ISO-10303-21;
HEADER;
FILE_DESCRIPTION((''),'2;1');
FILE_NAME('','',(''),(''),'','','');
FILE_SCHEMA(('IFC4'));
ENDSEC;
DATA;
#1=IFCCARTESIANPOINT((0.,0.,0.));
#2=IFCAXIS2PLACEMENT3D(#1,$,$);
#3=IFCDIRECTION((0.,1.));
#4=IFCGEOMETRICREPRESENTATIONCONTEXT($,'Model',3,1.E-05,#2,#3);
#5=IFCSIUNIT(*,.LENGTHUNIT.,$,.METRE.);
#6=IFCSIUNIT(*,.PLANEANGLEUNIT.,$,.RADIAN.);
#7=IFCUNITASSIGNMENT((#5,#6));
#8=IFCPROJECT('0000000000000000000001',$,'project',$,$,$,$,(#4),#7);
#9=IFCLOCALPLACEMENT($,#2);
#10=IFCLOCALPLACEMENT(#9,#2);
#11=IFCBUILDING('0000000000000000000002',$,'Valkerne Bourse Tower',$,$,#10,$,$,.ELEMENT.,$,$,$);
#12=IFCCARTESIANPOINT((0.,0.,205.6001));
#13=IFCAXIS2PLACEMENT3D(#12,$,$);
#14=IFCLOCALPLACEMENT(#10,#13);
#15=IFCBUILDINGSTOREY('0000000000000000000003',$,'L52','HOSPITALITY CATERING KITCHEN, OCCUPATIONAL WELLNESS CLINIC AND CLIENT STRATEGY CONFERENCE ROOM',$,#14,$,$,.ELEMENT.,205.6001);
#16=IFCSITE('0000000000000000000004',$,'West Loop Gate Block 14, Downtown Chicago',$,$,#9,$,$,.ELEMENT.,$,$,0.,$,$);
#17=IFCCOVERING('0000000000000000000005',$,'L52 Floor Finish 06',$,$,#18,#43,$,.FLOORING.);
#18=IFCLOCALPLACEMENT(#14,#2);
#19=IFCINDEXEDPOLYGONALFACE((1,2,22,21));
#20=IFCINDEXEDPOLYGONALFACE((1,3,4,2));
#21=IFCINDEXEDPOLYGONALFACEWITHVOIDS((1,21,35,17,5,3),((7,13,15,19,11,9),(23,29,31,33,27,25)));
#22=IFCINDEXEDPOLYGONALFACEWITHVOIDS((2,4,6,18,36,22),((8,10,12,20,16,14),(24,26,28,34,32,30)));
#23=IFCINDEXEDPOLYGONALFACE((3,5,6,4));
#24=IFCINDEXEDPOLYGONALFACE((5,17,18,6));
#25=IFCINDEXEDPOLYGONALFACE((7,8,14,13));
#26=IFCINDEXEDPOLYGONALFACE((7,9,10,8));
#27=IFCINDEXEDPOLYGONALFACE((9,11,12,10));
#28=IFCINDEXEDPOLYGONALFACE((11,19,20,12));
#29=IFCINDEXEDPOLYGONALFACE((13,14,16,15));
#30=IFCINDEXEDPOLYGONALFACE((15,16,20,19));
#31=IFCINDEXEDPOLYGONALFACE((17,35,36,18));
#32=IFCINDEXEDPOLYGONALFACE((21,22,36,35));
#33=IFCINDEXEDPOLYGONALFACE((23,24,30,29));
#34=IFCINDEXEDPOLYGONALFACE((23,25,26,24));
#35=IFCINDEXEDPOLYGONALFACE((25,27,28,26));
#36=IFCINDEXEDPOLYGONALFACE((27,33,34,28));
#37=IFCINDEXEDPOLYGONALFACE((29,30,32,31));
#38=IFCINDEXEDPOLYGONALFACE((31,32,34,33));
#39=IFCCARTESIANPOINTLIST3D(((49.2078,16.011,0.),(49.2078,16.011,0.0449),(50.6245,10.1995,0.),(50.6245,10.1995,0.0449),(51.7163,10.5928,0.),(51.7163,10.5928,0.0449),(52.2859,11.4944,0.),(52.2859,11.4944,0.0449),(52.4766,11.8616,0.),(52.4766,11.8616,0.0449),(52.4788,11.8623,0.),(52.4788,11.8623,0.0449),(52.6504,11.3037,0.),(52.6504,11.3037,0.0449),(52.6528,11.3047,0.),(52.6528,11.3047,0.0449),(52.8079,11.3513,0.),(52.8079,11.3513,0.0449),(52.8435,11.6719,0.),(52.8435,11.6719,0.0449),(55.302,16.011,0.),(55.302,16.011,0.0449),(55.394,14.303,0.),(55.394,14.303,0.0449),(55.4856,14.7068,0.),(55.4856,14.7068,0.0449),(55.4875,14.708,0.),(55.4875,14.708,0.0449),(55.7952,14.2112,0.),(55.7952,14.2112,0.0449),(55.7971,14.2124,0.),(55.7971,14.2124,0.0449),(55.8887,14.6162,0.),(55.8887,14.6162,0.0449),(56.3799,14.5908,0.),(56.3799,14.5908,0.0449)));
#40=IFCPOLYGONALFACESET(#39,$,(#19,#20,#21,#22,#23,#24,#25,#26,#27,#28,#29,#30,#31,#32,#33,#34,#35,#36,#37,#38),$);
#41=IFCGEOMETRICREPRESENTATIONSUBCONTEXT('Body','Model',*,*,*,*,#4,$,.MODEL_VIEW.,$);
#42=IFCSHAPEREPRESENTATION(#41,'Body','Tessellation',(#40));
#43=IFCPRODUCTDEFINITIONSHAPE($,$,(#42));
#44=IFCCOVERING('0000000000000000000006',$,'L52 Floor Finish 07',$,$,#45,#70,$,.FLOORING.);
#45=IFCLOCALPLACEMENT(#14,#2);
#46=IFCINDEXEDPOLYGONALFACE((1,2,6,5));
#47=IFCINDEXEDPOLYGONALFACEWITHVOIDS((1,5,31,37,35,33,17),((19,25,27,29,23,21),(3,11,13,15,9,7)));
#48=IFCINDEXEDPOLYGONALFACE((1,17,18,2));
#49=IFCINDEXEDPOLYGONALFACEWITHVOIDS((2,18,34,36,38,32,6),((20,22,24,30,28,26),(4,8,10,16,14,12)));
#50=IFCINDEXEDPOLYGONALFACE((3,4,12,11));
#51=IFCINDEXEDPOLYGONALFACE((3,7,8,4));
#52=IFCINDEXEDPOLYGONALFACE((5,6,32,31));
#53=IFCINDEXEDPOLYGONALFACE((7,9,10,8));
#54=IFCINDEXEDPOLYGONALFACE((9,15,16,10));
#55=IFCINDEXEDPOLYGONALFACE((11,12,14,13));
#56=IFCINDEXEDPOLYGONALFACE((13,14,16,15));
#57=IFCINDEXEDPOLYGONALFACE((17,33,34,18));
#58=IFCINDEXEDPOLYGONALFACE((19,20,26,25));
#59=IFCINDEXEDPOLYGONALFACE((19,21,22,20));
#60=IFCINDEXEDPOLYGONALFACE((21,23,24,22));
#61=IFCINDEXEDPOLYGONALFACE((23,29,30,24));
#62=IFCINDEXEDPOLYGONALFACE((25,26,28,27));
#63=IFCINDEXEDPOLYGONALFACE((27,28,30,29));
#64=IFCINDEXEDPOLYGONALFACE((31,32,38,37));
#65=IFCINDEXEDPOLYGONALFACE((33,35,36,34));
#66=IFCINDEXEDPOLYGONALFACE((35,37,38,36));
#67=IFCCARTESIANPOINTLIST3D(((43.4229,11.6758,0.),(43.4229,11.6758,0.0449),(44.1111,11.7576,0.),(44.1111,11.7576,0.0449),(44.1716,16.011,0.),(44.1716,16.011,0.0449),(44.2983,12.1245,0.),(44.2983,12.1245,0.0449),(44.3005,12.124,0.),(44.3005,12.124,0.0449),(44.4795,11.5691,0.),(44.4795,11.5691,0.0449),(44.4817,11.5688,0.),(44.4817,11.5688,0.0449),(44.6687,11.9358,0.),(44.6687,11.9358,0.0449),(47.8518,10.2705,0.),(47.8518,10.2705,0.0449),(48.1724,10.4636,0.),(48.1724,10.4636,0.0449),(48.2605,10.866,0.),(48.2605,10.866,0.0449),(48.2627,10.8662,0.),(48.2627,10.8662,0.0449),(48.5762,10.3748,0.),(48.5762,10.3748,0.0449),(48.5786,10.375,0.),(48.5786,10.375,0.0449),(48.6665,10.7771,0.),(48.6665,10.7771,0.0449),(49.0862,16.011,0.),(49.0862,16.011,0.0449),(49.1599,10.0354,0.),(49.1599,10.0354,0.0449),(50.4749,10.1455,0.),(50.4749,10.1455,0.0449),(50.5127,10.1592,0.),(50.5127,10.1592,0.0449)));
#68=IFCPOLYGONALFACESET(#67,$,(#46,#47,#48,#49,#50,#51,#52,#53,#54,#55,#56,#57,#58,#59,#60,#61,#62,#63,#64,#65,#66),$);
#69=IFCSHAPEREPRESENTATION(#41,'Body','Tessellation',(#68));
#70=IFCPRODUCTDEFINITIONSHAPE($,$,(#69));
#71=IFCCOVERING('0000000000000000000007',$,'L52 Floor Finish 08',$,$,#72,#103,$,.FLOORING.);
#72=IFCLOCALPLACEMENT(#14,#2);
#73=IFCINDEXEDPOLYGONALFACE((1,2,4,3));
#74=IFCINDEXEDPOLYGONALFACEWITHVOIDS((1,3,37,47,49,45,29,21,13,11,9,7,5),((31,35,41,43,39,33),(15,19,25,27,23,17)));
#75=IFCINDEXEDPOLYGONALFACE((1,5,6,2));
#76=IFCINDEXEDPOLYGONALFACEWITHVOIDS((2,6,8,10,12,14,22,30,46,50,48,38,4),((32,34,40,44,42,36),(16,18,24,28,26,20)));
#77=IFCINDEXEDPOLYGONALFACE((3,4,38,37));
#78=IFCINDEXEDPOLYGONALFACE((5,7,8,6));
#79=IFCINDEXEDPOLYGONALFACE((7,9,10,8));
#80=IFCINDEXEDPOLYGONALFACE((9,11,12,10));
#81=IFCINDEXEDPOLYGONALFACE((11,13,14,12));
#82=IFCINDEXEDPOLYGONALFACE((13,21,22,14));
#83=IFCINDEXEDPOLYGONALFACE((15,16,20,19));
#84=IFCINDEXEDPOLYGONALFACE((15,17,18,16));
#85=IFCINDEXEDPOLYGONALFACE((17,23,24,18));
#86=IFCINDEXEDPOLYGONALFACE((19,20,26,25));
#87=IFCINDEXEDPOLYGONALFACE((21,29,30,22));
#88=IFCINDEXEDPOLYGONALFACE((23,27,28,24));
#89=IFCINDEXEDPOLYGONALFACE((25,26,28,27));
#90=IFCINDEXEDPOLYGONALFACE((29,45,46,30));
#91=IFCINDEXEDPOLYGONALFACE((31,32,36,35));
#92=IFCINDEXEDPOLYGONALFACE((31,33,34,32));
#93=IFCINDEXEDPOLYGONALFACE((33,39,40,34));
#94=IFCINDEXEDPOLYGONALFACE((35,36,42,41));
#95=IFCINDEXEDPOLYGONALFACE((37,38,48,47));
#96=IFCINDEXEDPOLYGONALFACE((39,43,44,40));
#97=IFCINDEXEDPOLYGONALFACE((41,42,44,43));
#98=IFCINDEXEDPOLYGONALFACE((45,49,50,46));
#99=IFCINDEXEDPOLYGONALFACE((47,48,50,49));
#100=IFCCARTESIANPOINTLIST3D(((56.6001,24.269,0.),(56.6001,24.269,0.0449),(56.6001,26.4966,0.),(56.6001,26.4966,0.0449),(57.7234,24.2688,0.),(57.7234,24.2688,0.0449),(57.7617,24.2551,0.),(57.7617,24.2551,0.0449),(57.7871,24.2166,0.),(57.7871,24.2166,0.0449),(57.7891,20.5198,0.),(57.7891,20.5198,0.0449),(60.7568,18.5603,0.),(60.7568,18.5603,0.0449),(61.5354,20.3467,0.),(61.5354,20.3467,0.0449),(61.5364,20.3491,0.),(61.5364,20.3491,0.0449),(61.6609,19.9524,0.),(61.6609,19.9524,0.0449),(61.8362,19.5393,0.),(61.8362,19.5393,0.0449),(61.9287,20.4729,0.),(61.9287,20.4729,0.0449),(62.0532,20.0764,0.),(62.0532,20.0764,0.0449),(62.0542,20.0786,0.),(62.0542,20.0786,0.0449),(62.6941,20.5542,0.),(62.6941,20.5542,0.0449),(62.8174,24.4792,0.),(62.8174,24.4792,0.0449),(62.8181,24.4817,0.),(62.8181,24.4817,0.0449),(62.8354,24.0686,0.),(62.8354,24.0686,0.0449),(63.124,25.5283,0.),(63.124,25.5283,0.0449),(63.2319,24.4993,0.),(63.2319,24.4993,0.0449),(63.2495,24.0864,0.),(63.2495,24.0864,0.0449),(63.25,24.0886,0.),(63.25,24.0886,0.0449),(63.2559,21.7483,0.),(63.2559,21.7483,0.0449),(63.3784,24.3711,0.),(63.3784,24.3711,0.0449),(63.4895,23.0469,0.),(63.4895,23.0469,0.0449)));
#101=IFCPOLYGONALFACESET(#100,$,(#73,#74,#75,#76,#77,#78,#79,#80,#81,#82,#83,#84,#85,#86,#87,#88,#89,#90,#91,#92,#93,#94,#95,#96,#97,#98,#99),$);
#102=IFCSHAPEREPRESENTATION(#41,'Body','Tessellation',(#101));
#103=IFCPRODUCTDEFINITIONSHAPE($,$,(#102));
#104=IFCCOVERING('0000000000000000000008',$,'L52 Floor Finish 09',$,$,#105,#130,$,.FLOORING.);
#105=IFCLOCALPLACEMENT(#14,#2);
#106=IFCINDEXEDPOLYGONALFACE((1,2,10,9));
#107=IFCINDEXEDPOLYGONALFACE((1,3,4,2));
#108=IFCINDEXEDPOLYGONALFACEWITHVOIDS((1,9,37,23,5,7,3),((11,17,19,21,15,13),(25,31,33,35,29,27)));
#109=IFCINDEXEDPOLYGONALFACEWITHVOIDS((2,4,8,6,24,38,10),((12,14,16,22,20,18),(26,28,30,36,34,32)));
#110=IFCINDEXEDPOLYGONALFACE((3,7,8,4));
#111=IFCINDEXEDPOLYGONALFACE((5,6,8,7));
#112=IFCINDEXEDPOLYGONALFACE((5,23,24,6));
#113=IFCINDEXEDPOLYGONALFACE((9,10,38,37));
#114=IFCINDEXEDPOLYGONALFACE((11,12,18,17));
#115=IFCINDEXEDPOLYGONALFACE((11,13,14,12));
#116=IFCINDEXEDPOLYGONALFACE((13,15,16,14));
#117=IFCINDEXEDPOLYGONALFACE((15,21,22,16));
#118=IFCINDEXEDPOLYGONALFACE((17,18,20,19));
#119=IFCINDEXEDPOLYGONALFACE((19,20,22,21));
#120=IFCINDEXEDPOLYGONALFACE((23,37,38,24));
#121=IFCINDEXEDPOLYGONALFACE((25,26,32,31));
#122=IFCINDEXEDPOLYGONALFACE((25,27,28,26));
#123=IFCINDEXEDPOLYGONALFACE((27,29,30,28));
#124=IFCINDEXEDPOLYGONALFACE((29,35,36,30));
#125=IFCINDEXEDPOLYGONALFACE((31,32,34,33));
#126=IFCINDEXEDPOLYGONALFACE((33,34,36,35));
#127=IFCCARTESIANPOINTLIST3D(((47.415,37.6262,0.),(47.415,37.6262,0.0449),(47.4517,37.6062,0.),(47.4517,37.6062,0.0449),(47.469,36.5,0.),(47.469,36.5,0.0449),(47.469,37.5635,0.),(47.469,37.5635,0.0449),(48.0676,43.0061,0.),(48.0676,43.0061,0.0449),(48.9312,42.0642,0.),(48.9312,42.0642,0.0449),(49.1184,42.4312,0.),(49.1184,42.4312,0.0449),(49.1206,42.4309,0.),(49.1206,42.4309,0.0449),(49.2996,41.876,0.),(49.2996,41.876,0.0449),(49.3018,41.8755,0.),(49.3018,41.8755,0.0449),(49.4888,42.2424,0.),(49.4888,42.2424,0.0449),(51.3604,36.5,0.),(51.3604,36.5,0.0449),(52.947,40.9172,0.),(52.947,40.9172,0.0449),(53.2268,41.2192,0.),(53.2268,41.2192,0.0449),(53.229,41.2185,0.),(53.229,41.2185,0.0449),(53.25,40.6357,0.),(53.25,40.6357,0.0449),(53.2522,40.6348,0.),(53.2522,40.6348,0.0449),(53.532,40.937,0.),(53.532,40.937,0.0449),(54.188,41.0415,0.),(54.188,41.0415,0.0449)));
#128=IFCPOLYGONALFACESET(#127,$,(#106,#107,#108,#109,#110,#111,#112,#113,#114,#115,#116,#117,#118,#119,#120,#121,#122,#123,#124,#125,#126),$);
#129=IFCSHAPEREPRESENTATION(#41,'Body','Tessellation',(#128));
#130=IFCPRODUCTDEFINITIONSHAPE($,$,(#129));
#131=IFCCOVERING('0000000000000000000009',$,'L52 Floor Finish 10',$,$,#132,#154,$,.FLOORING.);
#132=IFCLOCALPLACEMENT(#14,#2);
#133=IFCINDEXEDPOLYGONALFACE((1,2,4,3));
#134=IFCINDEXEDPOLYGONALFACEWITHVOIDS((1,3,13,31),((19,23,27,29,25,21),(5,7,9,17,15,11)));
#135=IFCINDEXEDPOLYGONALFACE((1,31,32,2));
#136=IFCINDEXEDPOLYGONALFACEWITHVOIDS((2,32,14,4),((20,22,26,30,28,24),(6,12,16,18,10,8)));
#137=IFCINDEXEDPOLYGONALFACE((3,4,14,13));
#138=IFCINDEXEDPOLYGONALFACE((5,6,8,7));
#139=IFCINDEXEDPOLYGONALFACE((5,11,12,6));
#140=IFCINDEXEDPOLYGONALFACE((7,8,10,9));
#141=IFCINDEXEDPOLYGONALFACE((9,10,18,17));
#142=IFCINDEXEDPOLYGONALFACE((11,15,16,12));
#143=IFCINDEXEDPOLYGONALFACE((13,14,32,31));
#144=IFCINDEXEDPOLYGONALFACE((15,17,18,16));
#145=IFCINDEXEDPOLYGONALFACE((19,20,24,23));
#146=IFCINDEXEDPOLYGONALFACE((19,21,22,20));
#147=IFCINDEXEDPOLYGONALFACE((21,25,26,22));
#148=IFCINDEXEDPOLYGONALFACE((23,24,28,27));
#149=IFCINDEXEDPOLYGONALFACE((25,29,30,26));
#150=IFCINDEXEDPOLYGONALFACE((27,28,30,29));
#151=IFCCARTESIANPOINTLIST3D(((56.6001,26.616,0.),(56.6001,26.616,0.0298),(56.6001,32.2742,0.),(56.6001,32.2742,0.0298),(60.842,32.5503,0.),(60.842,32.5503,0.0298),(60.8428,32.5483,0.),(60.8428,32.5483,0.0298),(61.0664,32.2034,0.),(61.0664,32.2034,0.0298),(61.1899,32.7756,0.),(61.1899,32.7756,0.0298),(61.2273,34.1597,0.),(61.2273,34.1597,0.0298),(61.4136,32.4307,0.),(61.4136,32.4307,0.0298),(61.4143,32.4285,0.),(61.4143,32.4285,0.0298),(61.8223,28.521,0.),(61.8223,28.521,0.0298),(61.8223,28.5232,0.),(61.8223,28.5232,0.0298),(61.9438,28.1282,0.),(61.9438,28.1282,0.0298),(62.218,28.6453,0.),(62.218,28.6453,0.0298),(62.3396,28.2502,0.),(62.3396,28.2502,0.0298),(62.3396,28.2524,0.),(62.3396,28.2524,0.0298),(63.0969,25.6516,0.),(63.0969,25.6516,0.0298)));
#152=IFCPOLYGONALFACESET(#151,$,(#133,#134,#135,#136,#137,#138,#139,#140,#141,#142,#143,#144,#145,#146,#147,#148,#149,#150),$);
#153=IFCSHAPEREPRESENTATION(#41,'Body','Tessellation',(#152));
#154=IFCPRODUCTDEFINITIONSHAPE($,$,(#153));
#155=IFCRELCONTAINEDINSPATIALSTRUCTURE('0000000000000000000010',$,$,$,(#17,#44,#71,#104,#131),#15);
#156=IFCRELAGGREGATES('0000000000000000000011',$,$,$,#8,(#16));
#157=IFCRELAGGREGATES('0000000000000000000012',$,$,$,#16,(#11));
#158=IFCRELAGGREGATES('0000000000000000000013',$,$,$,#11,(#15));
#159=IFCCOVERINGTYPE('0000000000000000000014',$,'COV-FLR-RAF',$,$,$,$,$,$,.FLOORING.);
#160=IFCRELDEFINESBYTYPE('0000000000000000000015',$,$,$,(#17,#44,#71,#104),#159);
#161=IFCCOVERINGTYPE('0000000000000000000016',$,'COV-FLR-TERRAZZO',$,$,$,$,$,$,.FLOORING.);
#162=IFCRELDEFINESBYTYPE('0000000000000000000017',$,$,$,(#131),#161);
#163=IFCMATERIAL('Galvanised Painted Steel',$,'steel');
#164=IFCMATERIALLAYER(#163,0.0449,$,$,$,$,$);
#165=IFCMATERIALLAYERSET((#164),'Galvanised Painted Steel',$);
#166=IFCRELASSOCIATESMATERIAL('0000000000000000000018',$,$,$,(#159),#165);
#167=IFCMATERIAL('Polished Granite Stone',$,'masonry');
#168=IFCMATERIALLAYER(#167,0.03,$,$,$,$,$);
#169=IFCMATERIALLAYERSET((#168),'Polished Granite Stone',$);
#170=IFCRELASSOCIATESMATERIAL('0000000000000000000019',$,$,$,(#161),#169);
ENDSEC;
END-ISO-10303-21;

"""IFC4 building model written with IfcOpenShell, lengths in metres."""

from ifc_helpers import new_model, si_unit, direction, frame, origin, place, context, subcontext, project, spatial, polyline, outline, extrude, material, layer, layer_set, type_object, element, save


model = new_model("IFC4")

# Units and contexts
model_context = context("Model", 3, precision=1e-05, world=origin(), true_north=direction((0.0, 1.0)))
body_context = subcontext(model_context, "Body", "Model", "MODEL_VIEW")
ifc_project = project(units=[si_unit("LENGTHUNIT", "METRE"), si_unit("PLANEANGLEUNIT", "RADIAN")], contexts=[model_context])

# Site, building, storey
site_placement = place(None, origin())
site = spatial("IfcSite", under=ifc_project, at=site_placement, Name="West Loop Gate Block 14, Downtown Chicago", CompositionType="ELEMENT", RefElevation=0.0)
building_placement = place(site_placement, origin())
building = spatial("IfcBuilding", under=site, at=building_placement, Name="Valkerne Bourse Tower", CompositionType="ELEMENT")
storey_placement = place(building_placement, frame((0.0, 0.0, 205.6001)))
storey = spatial("IfcBuildingStorey", under=building, at=storey_placement, Name="L52", Description="HOSPITALITY CATERING KITCHEN, OCCUPATIONAL WELLNESS CLINIC AND CLIENT STRATEGY CONFERENCE ROOM", CompositionType="ELEMENT", Elevation=205.6001)

# Coverings
ifc_material_1 = material(Name="Galvanised Painted Steel", Category="steel")
ifc_layer_1 = layer(ifc_material_1, 0.0449)
ifc_layer_set_1 = layer_set([ifc_layer_1], Name="Galvanised Painted Steel")
covering_type_1 = type_object("IfcCoveringType", Name="COV-FLR-RAF", PredefinedType="FLOORING", material=ifc_layer_set_1)
covering_1_placement = place(storey_placement, origin())
element("IfcCovering", 1, at=covering_1_placement, inside=storey, type_object=covering_type_1, Name="L52 Floor Finish 06", PredefinedType="FLOORING", context=body_context, shape_type="SweptSolid", body=[
    extrude(outline(polyline([(50.6245, 10.1995), (49.2078, 16.011), (55.302, 16.011), (56.3799, 14.5908), (52.8079, 11.3513), (51.7163, 10.5928), (50.6245, 10.1995)]), holes=[polyline([(52.8435, 11.6719), (52.4788, 11.8623), (52.4766, 11.8616), (52.2859, 11.4944), (52.6504, 11.3037), (52.6528, 11.3047), (52.8435, 11.6719)]), polyline([(55.8887, 14.6162), (55.4875, 14.708), (55.4856, 14.7068), (55.394, 14.303), (55.7952, 14.2112), (55.7971, 14.2124), (55.8887, 14.6162)])]), origin(), (0.0, 0.0, 1.0), 0.0449),
])
covering_2_placement = place(storey_placement, origin())
element("IfcCovering", 2, at=covering_2_placement, inside=storey, type_object=covering_type_1, Name="L52 Floor Finish 07", PredefinedType="FLOORING", context=body_context, shape_type="SweptSolid", body=[
    extrude(outline(polyline([(47.8518, 10.2705), (43.4229, 11.6758), (44.1716, 16.011), (49.0862, 16.011), (50.5127, 10.1592), (50.4749, 10.1455), (49.1599, 10.0354), (47.8518, 10.2705)]), holes=[polyline([(44.3005, 12.124), (44.2983, 12.1245), (44.1111, 11.7576), (44.4795, 11.5691), (44.4817, 11.5688), (44.6687, 11.9358), (44.3005, 12.124)]), polyline([(48.6665, 10.7771), (48.2627, 10.8662), (48.2605, 10.866), (48.1724, 10.4636), (48.5762, 10.3748), (48.5786, 10.375), (48.6665, 10.7771)])]), origin(), (0.0, 0.0, 1.0), 0.0449),
])
covering_3_placement = place(storey_placement, origin())
element("IfcCovering", 3, at=covering_3_placement, inside=storey, type_object=covering_type_1, Name="L52 Floor Finish 08", PredefinedType="FLOORING", context=body_context, shape_type="SweptSolid", body=[
    extrude(outline(polyline([(62.6941, 20.5542), (61.8362, 19.5393), (60.7568, 18.5603), (57.7891, 20.5198), (57.7871, 24.2166), (57.7617, 24.2551), (57.7234, 24.2688), (56.6001, 24.269), (56.6001, 26.4966), (63.124, 25.5283), (63.3784, 24.3711), (63.4895, 23.0469), (63.2559, 21.7483), (62.6941, 20.5542)]), holes=[polyline([(62.0542, 20.0786), (61.9287, 20.4729), (61.5364, 20.3491), (61.5354, 20.3467), (61.6609, 19.9524), (62.0532, 20.0764), (62.0542, 20.0786)]), polyline([(63.25, 24.0886), (63.2319, 24.4993), (62.8181, 24.4817), (62.8174, 24.4792), (62.8354, 24.0686), (63.2495, 24.0864), (63.25, 24.0886)])]), origin(), (0.0, 0.0, 1.0), 0.0449),
])
covering_4_placement = place(storey_placement, origin())
element("IfcCovering", 4, at=covering_4_placement, inside=storey, type_object=covering_type_1, Name="L52 Floor Finish 09", PredefinedType="FLOORING", context=body_context, shape_type="SweptSolid", body=[
    extrude(outline(polyline([(47.469, 37.5635), (47.4517, 37.6062), (47.415, 37.6262), (48.0676, 43.0061), (54.188, 41.0415), (51.3604, 36.5), (47.469, 36.5), (47.469, 37.5635)]), holes=[polyline([(53.229, 41.2185), (53.2268, 41.2192), (52.947, 40.9172), (53.25, 40.6357), (53.2522, 40.6348), (53.532, 40.937), (53.229, 41.2185)]), polyline([(49.4888, 42.2424), (49.1206, 42.4309), (49.1184, 42.4312), (48.9312, 42.0642), (49.2996, 41.876), (49.3018, 41.8755), (49.4888, 42.2424)])]), origin(), (0.0, 0.0, 1.0), 0.0449),
])
ifc_material_2 = material(Name="Polished Granite Stone", Category="masonry")
ifc_layer_2 = layer(ifc_material_2, 0.03)
ifc_layer_set_2 = layer_set([ifc_layer_2], Name="Polished Granite Stone")
covering_type_2 = type_object("IfcCoveringType", Name="COV-FLR-TERRAZZO", PredefinedType="FLOORING", material=ifc_layer_set_2)
covering_5_placement = place(storey_placement, origin())
element("IfcCovering", 5, at=covering_5_placement, inside=storey, type_object=covering_type_2, Name="L52 Floor Finish 10", PredefinedType="FLOORING", context=body_context, shape_type="SweptSolid", body=[
    extrude(outline(polyline([(61.2273, 34.1597), (63.0969, 25.6516), (56.6001, 26.616), (56.6001, 32.2742), (61.2273, 34.1597)]), holes=[polyline([(62.3396, 28.2524), (62.218, 28.6453), (61.8223, 28.5232), (61.8223, 28.521), (61.9438, 28.1282), (62.3396, 28.2502), (62.3396, 28.2524)]), polyline([(61.4136, 32.4307), (61.1899, 32.7756), (60.842, 32.5503), (60.8428, 32.5483), (61.0664, 32.2034), (61.4143, 32.4285), (61.4136, 32.4307)])]), origin(), (0.0, 0.0, 1.0), 0.0298),
])

save(model, "model.ifc")
